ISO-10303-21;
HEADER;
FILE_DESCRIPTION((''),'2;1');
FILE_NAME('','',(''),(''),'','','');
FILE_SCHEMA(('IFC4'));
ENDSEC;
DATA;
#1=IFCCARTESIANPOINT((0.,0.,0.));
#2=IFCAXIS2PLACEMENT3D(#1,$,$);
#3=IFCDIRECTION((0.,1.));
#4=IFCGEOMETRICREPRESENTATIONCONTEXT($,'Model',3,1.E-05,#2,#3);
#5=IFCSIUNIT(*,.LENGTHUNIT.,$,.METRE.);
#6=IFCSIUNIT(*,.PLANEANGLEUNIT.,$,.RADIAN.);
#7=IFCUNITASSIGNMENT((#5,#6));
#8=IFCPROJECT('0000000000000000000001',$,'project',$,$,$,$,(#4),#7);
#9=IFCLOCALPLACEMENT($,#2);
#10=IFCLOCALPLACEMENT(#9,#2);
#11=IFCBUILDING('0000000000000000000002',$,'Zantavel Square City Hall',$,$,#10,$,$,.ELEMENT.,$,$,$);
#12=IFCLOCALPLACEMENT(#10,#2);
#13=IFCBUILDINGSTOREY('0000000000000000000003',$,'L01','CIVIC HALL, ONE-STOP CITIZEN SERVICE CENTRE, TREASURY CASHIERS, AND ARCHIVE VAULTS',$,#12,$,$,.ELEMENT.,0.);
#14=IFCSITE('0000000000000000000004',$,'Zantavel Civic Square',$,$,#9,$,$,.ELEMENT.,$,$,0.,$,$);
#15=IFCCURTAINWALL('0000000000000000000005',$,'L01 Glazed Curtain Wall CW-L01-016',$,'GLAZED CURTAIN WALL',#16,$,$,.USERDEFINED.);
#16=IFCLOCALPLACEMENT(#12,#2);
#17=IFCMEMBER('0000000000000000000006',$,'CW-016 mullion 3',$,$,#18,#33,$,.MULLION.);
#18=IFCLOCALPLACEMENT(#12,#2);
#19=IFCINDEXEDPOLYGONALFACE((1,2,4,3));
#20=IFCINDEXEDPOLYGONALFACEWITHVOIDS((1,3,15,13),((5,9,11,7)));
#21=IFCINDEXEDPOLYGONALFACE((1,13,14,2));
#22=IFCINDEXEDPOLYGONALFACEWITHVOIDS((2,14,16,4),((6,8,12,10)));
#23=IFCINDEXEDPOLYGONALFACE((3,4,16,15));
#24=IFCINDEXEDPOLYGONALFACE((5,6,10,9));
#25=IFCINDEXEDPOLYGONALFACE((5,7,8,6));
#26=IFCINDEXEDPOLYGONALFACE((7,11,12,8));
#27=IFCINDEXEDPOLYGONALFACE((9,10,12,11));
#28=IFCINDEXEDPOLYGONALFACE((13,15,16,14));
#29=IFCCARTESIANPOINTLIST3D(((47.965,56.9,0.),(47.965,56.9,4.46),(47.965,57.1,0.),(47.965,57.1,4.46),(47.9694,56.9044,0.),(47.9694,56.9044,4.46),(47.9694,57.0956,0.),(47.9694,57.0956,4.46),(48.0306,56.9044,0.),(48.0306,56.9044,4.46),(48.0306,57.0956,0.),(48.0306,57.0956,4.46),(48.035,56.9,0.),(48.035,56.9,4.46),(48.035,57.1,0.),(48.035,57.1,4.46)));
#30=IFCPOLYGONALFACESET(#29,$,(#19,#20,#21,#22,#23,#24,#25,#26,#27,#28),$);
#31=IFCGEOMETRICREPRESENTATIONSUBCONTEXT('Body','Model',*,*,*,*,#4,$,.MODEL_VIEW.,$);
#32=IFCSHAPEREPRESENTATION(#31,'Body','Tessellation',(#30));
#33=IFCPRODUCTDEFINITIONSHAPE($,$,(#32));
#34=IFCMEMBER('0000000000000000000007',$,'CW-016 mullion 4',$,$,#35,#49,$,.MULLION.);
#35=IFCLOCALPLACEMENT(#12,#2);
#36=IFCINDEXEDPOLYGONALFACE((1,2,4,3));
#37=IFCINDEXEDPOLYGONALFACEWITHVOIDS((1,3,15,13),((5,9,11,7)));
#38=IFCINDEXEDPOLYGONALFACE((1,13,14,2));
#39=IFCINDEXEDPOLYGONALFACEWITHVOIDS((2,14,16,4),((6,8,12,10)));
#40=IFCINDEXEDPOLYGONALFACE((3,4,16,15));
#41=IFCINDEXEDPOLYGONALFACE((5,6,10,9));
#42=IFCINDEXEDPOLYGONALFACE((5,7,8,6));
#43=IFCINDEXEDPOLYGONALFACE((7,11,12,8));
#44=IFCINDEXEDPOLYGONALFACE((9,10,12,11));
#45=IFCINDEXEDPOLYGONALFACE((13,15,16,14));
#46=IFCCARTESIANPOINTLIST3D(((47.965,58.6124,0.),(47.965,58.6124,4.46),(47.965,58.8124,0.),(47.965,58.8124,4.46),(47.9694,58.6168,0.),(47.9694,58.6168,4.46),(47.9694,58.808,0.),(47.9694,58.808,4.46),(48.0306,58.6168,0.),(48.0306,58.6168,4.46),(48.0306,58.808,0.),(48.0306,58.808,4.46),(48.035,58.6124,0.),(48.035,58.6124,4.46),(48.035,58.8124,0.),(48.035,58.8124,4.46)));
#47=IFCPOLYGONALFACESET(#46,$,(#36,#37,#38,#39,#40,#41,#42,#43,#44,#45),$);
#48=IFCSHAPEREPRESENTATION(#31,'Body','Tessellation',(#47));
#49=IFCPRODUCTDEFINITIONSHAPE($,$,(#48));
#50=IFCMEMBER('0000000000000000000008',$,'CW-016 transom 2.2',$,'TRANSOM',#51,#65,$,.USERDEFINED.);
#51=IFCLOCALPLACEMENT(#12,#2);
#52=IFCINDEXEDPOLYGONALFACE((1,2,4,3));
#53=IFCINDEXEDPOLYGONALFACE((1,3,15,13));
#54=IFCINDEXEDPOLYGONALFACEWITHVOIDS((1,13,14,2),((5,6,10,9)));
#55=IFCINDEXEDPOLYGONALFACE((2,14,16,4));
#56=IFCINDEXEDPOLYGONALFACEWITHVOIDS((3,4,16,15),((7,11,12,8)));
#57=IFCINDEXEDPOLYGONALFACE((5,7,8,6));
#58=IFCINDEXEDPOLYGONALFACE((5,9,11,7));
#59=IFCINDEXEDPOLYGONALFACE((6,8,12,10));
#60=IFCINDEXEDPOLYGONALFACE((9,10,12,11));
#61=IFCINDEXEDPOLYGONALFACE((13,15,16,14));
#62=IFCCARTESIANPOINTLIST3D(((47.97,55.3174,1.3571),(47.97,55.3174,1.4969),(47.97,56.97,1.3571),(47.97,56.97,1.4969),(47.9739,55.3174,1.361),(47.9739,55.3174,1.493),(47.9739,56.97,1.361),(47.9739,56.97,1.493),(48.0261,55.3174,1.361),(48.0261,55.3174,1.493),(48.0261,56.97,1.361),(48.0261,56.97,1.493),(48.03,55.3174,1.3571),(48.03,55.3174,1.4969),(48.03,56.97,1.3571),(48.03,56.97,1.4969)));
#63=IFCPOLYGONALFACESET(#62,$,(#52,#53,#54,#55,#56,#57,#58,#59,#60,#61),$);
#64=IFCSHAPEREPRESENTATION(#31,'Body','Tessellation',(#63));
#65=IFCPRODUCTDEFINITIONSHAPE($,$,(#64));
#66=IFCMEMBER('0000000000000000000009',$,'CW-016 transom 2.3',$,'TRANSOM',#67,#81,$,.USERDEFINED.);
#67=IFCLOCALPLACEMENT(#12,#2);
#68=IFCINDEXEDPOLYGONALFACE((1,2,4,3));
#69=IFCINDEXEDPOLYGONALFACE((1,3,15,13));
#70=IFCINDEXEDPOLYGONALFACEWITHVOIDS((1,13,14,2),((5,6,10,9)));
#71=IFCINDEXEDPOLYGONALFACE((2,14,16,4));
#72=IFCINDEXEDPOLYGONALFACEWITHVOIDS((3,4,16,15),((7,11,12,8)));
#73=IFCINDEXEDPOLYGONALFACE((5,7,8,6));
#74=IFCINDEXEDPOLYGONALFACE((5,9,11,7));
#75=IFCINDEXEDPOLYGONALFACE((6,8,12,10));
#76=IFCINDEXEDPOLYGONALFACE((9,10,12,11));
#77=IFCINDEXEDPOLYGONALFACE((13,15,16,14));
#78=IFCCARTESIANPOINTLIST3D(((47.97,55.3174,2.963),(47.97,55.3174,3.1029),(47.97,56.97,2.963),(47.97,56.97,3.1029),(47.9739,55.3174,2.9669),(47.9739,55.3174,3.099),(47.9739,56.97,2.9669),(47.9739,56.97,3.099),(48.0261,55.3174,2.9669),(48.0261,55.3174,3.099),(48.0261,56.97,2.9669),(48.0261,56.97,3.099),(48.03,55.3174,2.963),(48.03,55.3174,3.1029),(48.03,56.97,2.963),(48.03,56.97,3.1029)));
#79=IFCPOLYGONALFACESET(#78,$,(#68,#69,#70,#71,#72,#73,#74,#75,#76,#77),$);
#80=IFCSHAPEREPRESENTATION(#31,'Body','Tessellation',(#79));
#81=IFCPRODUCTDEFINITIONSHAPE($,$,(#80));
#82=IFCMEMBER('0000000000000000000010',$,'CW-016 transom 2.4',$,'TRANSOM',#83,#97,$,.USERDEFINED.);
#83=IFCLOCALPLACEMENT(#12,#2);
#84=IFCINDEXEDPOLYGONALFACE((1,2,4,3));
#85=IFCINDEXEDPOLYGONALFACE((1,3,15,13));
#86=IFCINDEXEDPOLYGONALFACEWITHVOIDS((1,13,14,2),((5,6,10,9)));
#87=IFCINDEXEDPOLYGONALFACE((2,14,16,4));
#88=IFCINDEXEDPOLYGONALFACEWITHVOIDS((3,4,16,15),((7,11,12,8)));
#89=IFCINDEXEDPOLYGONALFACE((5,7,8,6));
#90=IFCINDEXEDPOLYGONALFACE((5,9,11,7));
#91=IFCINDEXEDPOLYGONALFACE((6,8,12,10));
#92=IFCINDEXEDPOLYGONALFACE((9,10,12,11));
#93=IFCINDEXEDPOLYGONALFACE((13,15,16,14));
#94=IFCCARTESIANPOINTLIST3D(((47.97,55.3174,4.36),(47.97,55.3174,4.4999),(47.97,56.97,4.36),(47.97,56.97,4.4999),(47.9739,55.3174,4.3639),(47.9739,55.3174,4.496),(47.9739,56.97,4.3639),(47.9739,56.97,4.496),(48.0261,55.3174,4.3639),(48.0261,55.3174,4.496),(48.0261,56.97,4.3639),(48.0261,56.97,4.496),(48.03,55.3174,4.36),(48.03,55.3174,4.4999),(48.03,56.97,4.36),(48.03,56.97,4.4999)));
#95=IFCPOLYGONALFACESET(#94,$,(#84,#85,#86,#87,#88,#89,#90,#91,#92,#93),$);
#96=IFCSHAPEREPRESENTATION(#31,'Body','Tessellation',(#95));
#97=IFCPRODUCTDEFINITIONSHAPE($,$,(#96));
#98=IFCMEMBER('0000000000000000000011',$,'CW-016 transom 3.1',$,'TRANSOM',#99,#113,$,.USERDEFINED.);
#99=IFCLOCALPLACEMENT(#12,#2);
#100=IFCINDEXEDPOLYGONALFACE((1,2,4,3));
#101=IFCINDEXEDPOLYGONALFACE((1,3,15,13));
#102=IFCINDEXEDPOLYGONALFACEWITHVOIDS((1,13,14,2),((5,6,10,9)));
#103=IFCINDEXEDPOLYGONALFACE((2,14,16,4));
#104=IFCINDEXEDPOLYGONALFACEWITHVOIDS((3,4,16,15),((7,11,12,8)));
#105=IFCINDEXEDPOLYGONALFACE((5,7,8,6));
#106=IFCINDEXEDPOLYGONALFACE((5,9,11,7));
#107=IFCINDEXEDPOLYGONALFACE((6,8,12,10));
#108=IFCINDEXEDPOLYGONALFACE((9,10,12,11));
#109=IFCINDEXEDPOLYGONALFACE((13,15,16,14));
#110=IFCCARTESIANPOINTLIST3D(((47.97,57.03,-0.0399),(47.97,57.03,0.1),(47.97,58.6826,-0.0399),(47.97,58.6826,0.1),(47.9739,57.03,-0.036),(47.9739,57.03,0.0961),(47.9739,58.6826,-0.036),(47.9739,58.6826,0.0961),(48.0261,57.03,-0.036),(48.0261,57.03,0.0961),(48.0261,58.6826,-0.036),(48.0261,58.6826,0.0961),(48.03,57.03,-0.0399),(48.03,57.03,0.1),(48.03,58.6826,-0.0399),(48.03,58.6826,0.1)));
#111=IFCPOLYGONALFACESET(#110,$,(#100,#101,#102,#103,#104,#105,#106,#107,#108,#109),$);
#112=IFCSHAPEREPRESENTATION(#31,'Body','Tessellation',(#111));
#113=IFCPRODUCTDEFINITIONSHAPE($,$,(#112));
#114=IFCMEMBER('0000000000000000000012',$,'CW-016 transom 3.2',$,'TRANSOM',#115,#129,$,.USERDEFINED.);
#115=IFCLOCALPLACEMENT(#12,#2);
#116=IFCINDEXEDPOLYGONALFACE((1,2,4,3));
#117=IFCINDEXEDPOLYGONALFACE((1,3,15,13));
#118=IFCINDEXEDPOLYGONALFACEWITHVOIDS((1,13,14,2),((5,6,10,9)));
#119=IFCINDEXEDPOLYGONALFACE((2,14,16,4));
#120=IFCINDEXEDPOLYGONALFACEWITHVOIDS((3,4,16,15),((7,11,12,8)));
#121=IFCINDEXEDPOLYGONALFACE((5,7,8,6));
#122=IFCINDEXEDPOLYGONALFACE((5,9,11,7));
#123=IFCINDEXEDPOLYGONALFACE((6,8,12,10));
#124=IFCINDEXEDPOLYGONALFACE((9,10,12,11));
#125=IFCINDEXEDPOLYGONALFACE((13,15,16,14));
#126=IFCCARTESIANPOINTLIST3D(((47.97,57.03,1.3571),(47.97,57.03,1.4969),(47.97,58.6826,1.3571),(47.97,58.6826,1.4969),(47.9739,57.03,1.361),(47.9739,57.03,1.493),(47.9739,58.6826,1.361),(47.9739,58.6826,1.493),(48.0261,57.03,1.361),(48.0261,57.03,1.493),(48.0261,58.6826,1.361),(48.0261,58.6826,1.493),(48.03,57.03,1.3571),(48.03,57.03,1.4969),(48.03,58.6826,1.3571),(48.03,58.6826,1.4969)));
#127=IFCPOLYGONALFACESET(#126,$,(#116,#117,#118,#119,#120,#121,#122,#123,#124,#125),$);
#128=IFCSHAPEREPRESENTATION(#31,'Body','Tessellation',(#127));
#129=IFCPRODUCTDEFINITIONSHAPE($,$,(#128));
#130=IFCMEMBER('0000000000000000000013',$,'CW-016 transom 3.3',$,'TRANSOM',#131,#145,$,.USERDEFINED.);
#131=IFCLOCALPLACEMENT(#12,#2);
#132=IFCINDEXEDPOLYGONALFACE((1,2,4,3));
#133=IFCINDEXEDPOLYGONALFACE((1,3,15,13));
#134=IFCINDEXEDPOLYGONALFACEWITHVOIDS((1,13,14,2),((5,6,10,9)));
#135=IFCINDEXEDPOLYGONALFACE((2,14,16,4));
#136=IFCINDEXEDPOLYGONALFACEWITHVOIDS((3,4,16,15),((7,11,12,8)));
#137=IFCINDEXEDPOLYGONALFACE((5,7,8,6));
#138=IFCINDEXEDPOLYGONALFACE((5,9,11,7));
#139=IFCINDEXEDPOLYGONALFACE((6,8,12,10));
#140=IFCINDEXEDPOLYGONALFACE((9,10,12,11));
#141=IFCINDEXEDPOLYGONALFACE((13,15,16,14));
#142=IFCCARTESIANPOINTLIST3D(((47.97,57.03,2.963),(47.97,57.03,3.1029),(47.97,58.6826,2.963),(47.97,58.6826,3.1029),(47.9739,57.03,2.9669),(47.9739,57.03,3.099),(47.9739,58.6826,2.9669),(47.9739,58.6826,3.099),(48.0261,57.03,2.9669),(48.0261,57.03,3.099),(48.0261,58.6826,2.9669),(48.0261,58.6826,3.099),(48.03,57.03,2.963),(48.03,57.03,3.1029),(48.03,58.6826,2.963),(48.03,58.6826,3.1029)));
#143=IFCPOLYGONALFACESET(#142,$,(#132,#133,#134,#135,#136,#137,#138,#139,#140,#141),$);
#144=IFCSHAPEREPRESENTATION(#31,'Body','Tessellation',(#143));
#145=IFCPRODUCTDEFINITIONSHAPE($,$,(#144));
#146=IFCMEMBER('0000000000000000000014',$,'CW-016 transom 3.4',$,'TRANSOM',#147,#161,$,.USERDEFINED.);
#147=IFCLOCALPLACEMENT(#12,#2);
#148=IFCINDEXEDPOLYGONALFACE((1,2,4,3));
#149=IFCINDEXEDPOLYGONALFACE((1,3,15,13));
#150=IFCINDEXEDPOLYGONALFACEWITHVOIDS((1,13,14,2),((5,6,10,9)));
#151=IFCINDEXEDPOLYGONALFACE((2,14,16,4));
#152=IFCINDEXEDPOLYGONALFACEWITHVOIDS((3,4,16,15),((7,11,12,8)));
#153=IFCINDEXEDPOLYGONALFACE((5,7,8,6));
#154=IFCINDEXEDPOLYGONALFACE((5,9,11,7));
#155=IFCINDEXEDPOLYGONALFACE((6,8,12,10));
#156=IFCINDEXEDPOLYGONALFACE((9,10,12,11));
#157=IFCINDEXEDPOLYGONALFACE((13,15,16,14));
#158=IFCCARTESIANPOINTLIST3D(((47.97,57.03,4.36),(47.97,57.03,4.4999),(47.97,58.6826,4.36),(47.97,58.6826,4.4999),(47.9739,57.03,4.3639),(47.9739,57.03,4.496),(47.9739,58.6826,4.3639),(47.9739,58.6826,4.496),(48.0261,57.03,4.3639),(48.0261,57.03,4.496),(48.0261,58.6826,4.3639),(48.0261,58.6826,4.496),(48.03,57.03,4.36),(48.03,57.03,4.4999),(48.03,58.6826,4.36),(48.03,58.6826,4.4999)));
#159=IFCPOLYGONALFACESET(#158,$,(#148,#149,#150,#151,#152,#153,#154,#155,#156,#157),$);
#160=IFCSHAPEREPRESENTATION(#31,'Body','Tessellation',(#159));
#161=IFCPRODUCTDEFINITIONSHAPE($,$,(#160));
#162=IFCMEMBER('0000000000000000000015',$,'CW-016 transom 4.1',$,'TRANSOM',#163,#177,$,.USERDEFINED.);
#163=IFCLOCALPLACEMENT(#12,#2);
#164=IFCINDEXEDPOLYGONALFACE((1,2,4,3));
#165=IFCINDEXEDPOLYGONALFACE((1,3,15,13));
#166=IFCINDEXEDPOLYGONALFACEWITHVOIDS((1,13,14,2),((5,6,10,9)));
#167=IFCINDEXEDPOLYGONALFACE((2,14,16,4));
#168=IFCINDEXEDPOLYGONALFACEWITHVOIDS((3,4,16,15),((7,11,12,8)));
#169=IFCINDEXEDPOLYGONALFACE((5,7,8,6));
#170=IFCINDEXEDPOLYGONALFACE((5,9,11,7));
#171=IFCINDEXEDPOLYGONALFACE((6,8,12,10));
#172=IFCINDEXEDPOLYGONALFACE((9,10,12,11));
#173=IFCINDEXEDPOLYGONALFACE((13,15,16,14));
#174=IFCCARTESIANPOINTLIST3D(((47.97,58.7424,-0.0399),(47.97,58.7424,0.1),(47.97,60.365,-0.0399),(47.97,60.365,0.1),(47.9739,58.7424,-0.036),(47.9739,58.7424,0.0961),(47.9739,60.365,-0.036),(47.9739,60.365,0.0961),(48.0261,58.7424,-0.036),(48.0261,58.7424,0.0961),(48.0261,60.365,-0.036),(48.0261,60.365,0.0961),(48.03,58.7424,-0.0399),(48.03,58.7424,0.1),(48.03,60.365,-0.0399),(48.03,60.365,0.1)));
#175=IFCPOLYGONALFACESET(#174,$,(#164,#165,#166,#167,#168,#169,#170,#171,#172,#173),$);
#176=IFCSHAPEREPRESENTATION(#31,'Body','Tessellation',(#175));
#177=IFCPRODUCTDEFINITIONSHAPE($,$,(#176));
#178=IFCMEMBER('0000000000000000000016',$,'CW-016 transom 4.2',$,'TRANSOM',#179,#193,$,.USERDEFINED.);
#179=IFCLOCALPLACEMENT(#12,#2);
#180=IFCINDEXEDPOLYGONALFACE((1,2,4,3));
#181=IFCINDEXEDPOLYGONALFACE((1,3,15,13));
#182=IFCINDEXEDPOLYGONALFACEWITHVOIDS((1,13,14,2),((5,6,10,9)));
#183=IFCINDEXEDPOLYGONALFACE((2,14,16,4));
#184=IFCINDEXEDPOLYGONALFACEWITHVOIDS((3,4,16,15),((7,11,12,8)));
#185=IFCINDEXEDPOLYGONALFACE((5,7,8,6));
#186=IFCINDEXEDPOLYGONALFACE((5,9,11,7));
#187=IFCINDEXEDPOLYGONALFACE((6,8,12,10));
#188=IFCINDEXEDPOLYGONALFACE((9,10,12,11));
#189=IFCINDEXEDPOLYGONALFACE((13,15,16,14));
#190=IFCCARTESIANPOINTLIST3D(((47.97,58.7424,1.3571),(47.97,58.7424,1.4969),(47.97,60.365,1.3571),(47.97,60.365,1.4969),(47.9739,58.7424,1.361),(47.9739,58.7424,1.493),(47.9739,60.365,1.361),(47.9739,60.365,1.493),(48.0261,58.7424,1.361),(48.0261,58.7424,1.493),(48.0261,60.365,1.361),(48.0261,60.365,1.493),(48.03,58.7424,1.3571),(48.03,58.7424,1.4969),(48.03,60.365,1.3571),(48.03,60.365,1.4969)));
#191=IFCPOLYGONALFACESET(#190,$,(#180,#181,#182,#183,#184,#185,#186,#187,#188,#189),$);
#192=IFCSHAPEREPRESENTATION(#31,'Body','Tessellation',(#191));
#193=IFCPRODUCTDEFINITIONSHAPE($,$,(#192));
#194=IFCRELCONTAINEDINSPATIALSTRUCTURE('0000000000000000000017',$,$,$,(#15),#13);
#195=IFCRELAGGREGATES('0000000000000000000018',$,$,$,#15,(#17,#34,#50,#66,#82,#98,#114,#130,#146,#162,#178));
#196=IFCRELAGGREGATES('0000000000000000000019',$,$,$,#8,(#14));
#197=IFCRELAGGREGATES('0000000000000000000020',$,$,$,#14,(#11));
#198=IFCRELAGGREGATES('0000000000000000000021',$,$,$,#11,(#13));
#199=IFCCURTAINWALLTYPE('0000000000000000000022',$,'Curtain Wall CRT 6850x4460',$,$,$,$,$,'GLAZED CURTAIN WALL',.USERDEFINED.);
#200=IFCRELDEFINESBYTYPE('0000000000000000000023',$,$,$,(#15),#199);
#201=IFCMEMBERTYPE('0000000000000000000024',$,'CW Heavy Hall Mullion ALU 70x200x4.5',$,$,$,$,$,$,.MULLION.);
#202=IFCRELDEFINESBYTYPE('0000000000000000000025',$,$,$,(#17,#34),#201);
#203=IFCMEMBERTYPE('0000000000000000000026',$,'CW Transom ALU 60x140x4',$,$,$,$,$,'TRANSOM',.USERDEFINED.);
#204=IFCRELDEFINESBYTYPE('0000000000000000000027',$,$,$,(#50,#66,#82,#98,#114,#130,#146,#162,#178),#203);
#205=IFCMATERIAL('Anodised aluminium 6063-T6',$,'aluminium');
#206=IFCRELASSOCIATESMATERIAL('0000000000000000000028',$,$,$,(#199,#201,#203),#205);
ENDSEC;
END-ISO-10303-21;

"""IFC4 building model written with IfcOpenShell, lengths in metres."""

from ifc_helpers import new_model, si_unit, direction, frame, origin, origin_2d, place, context, subcontext, project, spatial, hollow_rectangle, extrude, material, material_profile, profile_set, type_object, element, aggregate, save


model = new_model("IFC4")

# Units and contexts
model_context = context("Model", 3, precision=1e-05, world=origin(), true_north=direction((0.0, 1.0)))
body_context = subcontext(model_context, "Body", "Model", "MODEL_VIEW")
ifc_project = project(units=[si_unit("LENGTHUNIT", "METRE"), si_unit("PLANEANGLEUNIT", "RADIAN")], contexts=[model_context])

# Site, building, storey
site_placement = place(None, origin())
site = spatial("IfcSite", under=ifc_project, at=site_placement, Name="Zantavel Civic Square", CompositionType="ELEMENT", RefElevation=0.0)
building_placement = place(site_placement, origin())
building = spatial("IfcBuilding", under=site, at=building_placement, Name="Zantavel Square City Hall", CompositionType="ELEMENT")
storey_placement = place(building_placement, origin())
storey = spatial("IfcBuildingStorey", under=building, at=storey_placement, Name="L01", Description="CIVIC HALL, ONE-STOP CITIZEN SERVICE CENTRE, TREASURY CASHIERS, AND ARCHIVE VAULTS", CompositionType="ELEMENT", Elevation=0.0)

# Curtain wall, members
ifc_material_1 = material(Name="Anodised aluminium 6063-T6", Category="aluminium")
curtain_wall_type = type_object("IfcCurtainWallType", Name="Curtain Wall CRT 6850x4460", ElementType="GLAZED CURTAIN WALL", PredefinedType="USERDEFINED", material=ifc_material_1)
curtain_wall_placement = place(storey_placement, origin())
curtain_wall = element("IfcCurtainWall", 1, at=curtain_wall_placement, inside=storey, type_object=curtain_wall_type, Name="L01 Glazed Curtain Wall CW-L01-016", ObjectType="GLAZED CURTAIN WALL", PredefinedType="USERDEFINED")
ifc_material_profile_1 = material_profile(ifc_material_1, hollow_rectangle(XDim=0.0701, YDim=0.2, WallThickness=0.0044, at=origin_2d()), Name="ALU 70x200x4.5")
ifc_profile_set_1 = profile_set([ifc_material_profile_1], Name="Anodised aluminium 6063-T6")
member_type_1 = type_object("IfcMemberType", Name="CW Heavy Hall Mullion ALU 70x200x4.5", PredefinedType="MULLION", material=ifc_profile_set_1)
member_1_placement = place(storey_placement, frame((48.0, 57.0, 0.0), z_axis=(0.0, 0.0, 1.0), x_axis=(-1.0, 0.0, 0.0)))
member_1 = element("IfcMember", 2, at=member_1_placement, type_object=member_type_1, Name="CW-016 mullion 3", PredefinedType="MULLION", context=body_context, shape_type="SweptSolid", body=[
    extrude(hollow_rectangle(XDim=0.0701, YDim=0.2, WallThickness=0.0044, at=origin_2d()), origin(), (0.0, 0.0, 1.0), 4.46),
])
member_2_placement = place(storey_placement, frame((48.0, 58.7124, 0.0), z_axis=(0.0, 0.0, 1.0), x_axis=(-1.0, 0.0, 0.0)))
member_2 = element("IfcMember", 3, at=member_2_placement, type_object=member_type_1, Name="CW-016 mullion 4", PredefinedType="MULLION", context=body_context, shape_type="SweptSolid", body=[
    extrude(hollow_rectangle(XDim=0.0701, YDim=0.2, WallThickness=0.0044, at=origin_2d()), origin(), (0.0, 0.0, 1.0), 4.46),
])
ifc_material_profile_2 = material_profile(ifc_material_1, hollow_rectangle(XDim=0.0601, YDim=0.1399, WallThickness=0.0039, at=origin_2d()), Name="ALU 60x140x4")
ifc_profile_set_2 = profile_set([ifc_material_profile_2], Name="Anodised aluminium 6063-T6")
member_type_2 = type_object("IfcMemberType", Name="CW Transom ALU 60x140x4", ElementType="TRANSOM", PredefinedType="USERDEFINED", material=ifc_profile_set_2)
member_3_placement = place(storey_placement, frame((48.0, 55.3174, 1.427), z_axis=(0.0, 1.0, 0.0), x_axis=(-1.0, 0.0, 0.0)))
member_3 = element("IfcMember", 4, at=member_3_placement, type_object=member_type_2, Name="CW-016 transom 2.2", ObjectType="TRANSOM", PredefinedType="USERDEFINED", context=body_context, shape_type="SweptSolid", body=[
    extrude(hollow_rectangle(XDim=0.0601, YDim=0.1399, WallThickness=0.0039, at=origin_2d()), origin(), (0.0, 0.0, 1.0), 1.6526),
])
member_4_placement = place(storey_placement, frame((48.0, 55.3174, 3.033), z_axis=(0.0, 1.0, 0.0), x_axis=(-1.0, 0.0, 0.0)))
member_4 = element("IfcMember", 5, at=member_4_placement, type_object=member_type_2, Name="CW-016 transom 2.3", ObjectType="TRANSOM", PredefinedType="USERDEFINED", context=body_context, shape_type="SweptSolid", body=[
    extrude(hollow_rectangle(XDim=0.0601, YDim=0.1399, WallThickness=0.0039, at=origin_2d()), origin(), (0.0, 0.0, 1.0), 1.6526),
])
member_5_placement = place(storey_placement, frame((48.0, 55.3174, 4.4299), z_axis=(0.0, 1.0, 0.0), x_axis=(-1.0, 0.0, 0.0)))
member_5 = element("IfcMember", 6, at=member_5_placement, type_object=member_type_2, Name="CW-016 transom 2.4", ObjectType="TRANSOM", PredefinedType="USERDEFINED", context=body_context, shape_type="SweptSolid", body=[
    extrude(hollow_rectangle(XDim=0.0601, YDim=0.1399, WallThickness=0.0039, at=origin_2d()), origin(), (0.0, 0.0, 1.0), 1.6526),
])
member_6_placement = place(storey_placement, frame((48.0, 57.03, 0.03), z_axis=(0.0, 1.0, 0.0), x_axis=(-1.0, 0.0, 0.0)))
member_6 = element("IfcMember", 7, at=member_6_placement, type_object=member_type_2, Name="CW-016 transom 3.1", ObjectType="TRANSOM", PredefinedType="USERDEFINED", context=body_context, shape_type="SweptSolid", body=[
    extrude(hollow_rectangle(XDim=0.0601, YDim=0.1399, WallThickness=0.0039, at=origin_2d()), origin(), (0.0, 0.0, 1.0), 1.6526),
])
member_7_placement = place(storey_placement, frame((48.0, 57.03, 1.427), z_axis=(0.0, 1.0, 0.0), x_axis=(-1.0, 0.0, 0.0)))
member_7 = element("IfcMember", 8, at=member_7_placement, type_object=member_type_2, Name="CW-016 transom 3.2", ObjectType="TRANSOM", PredefinedType="USERDEFINED", context=body_context, shape_type="SweptSolid", body=[
    extrude(hollow_rectangle(XDim=0.0601, YDim=0.1399, WallThickness=0.0039, at=origin_2d()), origin(), (0.0, 0.0, 1.0), 1.6526),
])
member_8_placement = place(storey_placement, frame((48.0, 57.03, 3.033), z_axis=(0.0, 1.0, 0.0), x_axis=(-1.0, 0.0, 0.0)))
member_8 = element("IfcMember", 9, at=member_8_placement, type_object=member_type_2, Name="CW-016 transom 3.3", ObjectType="TRANSOM", PredefinedType="USERDEFINED", context=body_context, shape_type="SweptSolid", body=[
    extrude(hollow_rectangle(XDim=0.0601, YDim=0.1399, WallThickness=0.0039, at=origin_2d()), origin(), (0.0, 0.0, 1.0), 1.6526),
])
member_9_placement = place(storey_placement, frame((48.0, 57.03, 4.4299), z_axis=(0.0, 1.0, 0.0), x_axis=(-1.0, 0.0, 0.0)))
member_9 = element("IfcMember", 10, at=member_9_placement, type_object=member_type_2, Name="CW-016 transom 3.4", ObjectType="TRANSOM", PredefinedType="USERDEFINED", context=body_context, shape_type="SweptSolid", body=[
    extrude(hollow_rectangle(XDim=0.0601, YDim=0.1399, WallThickness=0.0039, at=origin_2d()), origin(), (0.0, 0.0, 1.0), 1.6526),
])
member_10_placement = place(storey_placement, frame((48.0, 58.7424, 0.03), z_axis=(0.0, 1.0, 0.0), x_axis=(-1.0, 0.0, 0.0)))
member_10 = element("IfcMember", 11, at=member_10_placement, type_object=member_type_2, Name="CW-016 transom 4.1", ObjectType="TRANSOM", PredefinedType="USERDEFINED", context=body_context, shape_type="SweptSolid", body=[
    extrude(hollow_rectangle(XDim=0.0601, YDim=0.1399, WallThickness=0.0039, at=origin_2d()), origin(), (0.0, 0.0, 1.0), 1.6226),
])
member_11_placement = place(storey_placement, frame((48.0, 58.7424, 1.427), z_axis=(0.0, 1.0, 0.0), x_axis=(-1.0, 0.0, 0.0)))
member_11 = element("IfcMember", 12, at=member_11_placement, type_object=member_type_2, Name="CW-016 transom 4.2", ObjectType="TRANSOM", PredefinedType="USERDEFINED", context=body_context, shape_type="SweptSolid", body=[
    extrude(hollow_rectangle(XDim=0.0601, YDim=0.1399, WallThickness=0.0039, at=origin_2d()), origin(), (0.0, 0.0, 1.0), 1.6226),
])
aggregate(curtain_wall, [member_1, member_2, member_3, member_4, member_5, member_6, member_7, member_8, member_9, member_10, member_11])

save(model, "model.ifc")
